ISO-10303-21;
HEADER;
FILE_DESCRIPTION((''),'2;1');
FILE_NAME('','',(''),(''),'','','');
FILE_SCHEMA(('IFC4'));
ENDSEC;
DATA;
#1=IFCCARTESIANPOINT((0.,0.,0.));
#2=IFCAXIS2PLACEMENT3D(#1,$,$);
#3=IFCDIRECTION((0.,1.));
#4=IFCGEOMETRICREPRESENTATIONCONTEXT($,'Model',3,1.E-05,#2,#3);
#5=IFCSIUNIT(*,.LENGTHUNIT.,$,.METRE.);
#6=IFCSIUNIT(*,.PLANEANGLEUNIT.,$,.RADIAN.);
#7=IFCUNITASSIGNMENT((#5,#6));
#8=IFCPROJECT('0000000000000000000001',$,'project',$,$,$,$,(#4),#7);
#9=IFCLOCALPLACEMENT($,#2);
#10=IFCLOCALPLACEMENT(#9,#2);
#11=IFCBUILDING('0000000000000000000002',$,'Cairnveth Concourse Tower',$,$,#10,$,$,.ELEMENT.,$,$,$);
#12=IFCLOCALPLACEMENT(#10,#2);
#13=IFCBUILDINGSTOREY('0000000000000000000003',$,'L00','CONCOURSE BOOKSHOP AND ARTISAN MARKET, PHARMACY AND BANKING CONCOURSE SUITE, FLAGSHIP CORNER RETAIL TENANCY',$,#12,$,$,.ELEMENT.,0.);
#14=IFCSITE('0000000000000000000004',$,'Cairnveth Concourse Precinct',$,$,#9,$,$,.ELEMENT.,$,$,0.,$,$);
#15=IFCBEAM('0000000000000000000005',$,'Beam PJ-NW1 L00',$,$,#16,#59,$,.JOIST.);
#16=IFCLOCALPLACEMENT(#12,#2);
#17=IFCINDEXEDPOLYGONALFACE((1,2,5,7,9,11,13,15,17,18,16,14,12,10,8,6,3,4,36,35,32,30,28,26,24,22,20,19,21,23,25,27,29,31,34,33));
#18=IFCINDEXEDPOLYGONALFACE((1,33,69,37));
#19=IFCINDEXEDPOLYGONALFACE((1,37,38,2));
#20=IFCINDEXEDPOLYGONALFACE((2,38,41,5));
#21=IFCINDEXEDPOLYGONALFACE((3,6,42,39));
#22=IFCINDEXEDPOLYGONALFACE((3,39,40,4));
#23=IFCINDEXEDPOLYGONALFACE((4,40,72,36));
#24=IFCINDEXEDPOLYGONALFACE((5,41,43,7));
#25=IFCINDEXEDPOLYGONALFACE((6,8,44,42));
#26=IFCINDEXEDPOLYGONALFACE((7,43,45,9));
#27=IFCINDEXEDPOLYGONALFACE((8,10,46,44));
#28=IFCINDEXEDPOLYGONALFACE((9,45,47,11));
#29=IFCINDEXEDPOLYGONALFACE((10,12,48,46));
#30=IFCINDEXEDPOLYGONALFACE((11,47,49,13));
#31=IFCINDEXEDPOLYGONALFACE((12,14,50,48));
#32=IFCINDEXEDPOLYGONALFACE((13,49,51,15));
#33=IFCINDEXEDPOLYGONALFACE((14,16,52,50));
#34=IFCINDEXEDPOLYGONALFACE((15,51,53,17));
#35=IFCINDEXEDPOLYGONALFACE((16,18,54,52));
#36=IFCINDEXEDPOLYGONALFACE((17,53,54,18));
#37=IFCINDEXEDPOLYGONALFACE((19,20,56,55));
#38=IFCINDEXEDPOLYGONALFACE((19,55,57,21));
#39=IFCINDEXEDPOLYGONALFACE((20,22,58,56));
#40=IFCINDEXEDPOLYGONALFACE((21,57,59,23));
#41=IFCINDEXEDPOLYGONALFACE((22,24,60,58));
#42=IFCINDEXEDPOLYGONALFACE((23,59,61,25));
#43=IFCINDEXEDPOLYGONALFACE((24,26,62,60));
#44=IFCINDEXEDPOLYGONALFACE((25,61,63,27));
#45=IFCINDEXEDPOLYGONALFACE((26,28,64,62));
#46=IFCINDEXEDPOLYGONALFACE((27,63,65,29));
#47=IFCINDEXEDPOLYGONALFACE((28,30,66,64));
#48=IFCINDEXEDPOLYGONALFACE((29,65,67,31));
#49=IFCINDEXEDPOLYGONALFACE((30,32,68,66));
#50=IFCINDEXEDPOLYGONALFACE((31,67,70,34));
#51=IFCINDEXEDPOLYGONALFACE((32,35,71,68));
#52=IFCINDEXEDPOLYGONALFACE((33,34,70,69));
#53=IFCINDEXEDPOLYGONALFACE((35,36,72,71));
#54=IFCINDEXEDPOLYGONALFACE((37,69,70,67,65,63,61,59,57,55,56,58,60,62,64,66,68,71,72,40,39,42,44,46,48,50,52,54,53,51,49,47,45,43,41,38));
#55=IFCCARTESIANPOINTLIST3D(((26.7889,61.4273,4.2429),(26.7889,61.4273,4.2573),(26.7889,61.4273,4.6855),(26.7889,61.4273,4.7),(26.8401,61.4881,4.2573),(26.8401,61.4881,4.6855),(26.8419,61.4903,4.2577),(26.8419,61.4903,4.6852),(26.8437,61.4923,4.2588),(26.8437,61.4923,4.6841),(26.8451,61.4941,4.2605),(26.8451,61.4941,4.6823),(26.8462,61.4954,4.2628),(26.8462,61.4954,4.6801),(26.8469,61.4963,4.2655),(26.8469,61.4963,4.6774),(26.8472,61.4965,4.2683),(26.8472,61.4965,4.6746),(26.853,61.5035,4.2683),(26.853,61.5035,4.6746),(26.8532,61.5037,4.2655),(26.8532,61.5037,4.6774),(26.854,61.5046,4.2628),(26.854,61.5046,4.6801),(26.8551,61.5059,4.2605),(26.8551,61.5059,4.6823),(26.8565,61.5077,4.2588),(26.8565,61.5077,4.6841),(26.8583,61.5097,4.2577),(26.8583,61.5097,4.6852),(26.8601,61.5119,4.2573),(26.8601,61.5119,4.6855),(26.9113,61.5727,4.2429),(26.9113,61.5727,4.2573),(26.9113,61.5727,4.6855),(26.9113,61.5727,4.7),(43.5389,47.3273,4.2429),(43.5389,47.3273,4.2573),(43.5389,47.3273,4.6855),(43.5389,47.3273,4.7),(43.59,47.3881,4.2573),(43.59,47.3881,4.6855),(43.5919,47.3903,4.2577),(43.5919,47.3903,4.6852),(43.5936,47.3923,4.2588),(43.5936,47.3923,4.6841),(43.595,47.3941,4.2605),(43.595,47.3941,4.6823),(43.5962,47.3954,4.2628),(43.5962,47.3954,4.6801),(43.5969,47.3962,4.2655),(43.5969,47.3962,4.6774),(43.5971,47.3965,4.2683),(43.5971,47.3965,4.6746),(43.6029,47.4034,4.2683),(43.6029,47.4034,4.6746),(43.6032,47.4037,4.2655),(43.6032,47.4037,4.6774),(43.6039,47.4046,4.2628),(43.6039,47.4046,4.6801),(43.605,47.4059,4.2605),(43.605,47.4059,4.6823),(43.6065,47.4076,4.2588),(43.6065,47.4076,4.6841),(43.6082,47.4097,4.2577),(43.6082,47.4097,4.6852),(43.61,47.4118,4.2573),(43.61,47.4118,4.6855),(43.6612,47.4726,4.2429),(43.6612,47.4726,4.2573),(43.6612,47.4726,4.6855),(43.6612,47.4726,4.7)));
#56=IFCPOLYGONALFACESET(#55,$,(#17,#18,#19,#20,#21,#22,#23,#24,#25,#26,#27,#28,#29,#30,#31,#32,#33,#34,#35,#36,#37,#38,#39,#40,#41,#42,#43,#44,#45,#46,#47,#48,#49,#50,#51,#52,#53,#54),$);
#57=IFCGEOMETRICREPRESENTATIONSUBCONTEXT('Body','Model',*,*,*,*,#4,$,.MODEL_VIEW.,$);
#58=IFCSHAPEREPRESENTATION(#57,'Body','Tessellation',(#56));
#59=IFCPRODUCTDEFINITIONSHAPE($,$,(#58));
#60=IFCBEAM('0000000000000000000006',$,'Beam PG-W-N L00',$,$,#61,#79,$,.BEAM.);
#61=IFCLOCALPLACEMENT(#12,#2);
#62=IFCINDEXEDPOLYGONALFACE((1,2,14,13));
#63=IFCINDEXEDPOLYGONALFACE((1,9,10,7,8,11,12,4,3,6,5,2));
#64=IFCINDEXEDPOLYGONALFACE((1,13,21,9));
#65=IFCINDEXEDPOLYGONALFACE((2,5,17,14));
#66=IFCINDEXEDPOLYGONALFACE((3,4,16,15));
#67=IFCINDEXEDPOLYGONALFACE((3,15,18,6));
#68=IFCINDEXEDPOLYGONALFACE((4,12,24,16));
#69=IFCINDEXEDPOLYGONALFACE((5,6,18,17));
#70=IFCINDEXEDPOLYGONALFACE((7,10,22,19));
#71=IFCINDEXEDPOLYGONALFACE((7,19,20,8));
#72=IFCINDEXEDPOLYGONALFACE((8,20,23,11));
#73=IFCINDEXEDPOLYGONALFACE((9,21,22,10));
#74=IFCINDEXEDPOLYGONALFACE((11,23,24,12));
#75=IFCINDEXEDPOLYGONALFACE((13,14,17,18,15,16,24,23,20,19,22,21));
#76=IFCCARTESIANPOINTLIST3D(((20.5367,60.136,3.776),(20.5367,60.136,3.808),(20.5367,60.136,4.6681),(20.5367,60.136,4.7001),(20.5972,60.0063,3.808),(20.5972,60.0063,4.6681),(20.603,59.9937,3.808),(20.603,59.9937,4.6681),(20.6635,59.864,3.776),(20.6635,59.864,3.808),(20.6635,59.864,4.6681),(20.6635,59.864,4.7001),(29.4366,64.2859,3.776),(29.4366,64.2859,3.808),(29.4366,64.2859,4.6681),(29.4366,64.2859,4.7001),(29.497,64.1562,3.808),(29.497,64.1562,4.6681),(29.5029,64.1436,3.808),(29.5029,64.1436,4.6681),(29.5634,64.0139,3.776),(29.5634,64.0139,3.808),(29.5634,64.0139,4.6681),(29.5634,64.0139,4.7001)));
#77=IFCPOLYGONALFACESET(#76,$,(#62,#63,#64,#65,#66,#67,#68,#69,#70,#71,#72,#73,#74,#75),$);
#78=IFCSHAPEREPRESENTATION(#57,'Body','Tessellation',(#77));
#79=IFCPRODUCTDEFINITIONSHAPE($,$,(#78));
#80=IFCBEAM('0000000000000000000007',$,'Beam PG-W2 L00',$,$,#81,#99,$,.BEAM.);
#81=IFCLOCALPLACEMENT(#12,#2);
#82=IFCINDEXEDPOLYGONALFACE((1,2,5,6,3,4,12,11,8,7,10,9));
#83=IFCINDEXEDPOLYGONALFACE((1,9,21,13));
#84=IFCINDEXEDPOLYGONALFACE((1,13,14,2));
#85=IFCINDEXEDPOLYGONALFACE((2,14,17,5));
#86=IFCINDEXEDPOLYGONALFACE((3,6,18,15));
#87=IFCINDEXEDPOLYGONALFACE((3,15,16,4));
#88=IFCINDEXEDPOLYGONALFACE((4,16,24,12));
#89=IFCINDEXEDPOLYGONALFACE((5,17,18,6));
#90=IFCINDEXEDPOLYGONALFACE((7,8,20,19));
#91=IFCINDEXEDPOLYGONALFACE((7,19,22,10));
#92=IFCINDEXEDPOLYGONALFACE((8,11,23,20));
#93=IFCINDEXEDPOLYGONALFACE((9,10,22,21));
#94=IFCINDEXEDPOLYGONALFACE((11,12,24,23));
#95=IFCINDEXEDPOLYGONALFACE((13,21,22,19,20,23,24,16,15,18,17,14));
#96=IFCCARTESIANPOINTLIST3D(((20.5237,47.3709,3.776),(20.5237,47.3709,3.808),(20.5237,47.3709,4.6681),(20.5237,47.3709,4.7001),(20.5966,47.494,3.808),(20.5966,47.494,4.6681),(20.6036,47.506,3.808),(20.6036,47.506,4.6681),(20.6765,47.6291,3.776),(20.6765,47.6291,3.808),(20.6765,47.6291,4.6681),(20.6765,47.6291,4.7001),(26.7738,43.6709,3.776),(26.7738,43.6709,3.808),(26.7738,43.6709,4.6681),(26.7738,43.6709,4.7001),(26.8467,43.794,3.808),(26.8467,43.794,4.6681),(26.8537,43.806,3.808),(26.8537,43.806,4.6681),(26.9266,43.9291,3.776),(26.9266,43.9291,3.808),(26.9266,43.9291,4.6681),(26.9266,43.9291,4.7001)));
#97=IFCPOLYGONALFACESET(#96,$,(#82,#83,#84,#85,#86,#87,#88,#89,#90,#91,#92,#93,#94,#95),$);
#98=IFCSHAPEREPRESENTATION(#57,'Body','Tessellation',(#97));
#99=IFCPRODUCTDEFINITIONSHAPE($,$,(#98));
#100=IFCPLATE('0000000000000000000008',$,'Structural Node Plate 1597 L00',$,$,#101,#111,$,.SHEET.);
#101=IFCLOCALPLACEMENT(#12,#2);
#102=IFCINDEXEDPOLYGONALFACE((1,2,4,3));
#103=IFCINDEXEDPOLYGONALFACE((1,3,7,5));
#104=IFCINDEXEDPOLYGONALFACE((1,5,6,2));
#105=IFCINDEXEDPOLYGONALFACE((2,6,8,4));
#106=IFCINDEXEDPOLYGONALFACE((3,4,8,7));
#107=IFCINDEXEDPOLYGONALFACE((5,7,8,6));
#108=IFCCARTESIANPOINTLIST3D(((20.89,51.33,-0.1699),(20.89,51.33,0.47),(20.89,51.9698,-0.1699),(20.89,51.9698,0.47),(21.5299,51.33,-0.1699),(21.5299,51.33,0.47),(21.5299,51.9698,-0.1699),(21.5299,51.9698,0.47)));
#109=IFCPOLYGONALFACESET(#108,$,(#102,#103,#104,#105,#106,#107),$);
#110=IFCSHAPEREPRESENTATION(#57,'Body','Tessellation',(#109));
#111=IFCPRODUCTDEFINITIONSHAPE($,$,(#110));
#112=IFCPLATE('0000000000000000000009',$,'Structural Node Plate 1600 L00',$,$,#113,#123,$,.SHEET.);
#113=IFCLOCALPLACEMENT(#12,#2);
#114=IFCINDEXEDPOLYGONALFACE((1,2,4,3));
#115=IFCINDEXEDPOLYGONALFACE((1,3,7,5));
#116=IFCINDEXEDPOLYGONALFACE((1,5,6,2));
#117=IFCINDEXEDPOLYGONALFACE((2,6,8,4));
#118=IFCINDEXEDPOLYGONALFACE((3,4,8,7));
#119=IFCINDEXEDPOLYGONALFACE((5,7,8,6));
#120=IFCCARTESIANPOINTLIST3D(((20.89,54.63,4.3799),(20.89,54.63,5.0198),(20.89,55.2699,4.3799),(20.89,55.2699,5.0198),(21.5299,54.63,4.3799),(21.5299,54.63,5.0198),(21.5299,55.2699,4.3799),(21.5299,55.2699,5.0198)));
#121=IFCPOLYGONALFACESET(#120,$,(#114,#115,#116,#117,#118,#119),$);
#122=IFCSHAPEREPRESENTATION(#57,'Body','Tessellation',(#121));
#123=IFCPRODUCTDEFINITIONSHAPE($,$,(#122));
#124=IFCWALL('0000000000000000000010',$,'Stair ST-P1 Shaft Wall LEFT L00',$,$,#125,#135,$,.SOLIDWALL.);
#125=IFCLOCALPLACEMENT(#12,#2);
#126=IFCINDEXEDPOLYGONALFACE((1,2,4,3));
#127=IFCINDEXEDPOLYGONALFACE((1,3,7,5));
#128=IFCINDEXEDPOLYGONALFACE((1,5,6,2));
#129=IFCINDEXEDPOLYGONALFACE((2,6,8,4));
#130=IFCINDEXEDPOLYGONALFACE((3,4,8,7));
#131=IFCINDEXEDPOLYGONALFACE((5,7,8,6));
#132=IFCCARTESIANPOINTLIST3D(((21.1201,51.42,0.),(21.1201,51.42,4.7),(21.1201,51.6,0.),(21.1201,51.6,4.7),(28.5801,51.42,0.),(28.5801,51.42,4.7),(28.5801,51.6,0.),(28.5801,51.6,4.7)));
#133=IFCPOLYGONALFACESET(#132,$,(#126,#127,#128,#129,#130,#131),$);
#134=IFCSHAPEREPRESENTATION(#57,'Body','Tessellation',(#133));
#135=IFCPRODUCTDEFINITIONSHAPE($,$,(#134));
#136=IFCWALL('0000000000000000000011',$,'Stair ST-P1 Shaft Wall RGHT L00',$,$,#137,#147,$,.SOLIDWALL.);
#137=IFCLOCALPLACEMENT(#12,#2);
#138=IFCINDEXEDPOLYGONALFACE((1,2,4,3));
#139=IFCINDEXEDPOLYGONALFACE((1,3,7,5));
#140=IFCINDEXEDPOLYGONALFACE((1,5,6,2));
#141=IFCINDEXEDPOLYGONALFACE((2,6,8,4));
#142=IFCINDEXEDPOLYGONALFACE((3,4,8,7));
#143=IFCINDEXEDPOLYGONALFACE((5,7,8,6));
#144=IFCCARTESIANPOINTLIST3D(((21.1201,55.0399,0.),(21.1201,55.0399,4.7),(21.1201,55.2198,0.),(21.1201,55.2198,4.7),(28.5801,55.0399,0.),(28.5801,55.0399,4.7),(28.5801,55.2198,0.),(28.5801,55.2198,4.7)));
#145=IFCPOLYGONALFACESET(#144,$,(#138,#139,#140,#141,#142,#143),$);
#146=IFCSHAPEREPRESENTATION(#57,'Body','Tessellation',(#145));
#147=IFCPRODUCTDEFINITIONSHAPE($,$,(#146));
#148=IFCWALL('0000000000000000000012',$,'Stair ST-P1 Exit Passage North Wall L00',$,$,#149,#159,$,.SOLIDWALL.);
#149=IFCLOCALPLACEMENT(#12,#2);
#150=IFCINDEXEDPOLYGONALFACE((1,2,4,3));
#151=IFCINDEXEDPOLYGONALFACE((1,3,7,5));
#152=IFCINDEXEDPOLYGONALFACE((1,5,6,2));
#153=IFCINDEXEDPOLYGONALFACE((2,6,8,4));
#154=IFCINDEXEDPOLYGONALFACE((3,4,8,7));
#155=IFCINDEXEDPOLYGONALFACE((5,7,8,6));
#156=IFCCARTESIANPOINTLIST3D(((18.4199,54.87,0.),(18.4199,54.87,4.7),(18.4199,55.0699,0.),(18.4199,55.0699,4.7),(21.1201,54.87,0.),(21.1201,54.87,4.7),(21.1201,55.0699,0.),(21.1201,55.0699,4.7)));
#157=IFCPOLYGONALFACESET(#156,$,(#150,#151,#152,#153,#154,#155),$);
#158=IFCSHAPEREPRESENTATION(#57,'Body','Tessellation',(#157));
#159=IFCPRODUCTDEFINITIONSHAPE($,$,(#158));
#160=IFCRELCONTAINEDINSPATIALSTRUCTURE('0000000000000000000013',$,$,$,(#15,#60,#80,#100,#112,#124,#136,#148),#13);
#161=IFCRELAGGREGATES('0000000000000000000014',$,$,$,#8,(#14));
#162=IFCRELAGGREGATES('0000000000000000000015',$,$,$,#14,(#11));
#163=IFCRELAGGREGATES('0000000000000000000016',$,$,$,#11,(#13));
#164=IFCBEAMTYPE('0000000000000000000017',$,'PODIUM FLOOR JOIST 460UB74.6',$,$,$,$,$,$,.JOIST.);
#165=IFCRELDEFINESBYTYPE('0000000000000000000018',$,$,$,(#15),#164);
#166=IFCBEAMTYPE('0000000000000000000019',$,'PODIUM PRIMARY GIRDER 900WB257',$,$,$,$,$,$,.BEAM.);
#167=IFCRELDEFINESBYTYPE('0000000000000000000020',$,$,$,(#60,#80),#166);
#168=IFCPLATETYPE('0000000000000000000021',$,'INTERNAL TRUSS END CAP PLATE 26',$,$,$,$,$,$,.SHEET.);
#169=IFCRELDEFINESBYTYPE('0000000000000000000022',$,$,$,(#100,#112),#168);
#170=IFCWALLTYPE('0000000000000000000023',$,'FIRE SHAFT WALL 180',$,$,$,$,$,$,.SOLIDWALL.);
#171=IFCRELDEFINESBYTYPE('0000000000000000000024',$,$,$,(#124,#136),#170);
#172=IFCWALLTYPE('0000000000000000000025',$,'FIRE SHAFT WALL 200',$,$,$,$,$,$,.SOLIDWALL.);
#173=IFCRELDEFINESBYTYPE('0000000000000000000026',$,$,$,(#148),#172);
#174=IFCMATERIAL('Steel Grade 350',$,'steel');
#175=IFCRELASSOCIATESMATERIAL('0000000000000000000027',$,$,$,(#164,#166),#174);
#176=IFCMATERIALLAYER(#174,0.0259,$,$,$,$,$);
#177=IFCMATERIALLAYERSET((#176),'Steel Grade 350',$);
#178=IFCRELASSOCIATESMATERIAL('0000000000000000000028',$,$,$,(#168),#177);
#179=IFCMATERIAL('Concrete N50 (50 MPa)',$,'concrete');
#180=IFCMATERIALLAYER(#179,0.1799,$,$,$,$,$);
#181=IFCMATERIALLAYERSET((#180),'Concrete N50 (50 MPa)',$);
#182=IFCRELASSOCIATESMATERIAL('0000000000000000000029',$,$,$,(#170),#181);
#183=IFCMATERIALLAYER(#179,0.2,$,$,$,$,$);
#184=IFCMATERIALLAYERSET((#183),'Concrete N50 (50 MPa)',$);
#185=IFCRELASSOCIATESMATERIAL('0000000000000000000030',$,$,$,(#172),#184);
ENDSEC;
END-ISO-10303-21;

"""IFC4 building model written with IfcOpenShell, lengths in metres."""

from ifc_helpers import new_model, si_unit, direction, frame, frame_2d, origin, origin_2d, place, context, subcontext, project, spatial, rectangle, i_section, extrude, material, layer, layer_set, material_profile, profile_set, type_object, element, save


model = new_model("IFC4")

# Units and contexts
model_context = context("Model", 3, precision=1e-05, world=origin(), true_north=direction((0.0, 1.0)))
body_context = subcontext(model_context, "Body", "Model", "MODEL_VIEW")
ifc_project = project(units=[si_unit("LENGTHUNIT", "METRE"), si_unit("PLANEANGLEUNIT", "RADIAN")], contexts=[model_context])

# Site, building, storey
site_placement = place(None, origin())
site = spatial("IfcSite", under=ifc_project, at=site_placement, Name="Cairnveth Concourse Precinct", CompositionType="ELEMENT", RefElevation=0.0)
building_placement = place(site_placement, origin())
building = spatial("IfcBuilding", under=site, at=building_placement, Name="Cairnveth Concourse Tower", CompositionType="ELEMENT")
storey_placement = place(building_placement, origin())
storey = spatial("IfcBuildingStorey", under=building, at=storey_placement, Name="L00", Description="CONCOURSE BOOKSHOP AND ARTISAN MARKET, PHARMACY AND BANKING CONCOURSE SUITE, FLAGSHIP CORNER RETAIL TENANCY", CompositionType="ELEMENT", Elevation=0.0)

# Beams
ifc_material_1 = material(Name="Steel Grade 350", Category="steel")
ifc_material_profile_1 = material_profile(ifc_material_1, i_section(OverallWidth=0.1899, OverallDepth=0.457, WebThickness=0.009, FlangeThickness=0.0144, FilletRadius=0.011, at=origin_2d()), Name="460UB74.6")
ifc_profile_set_1 = profile_set([ifc_material_profile_1], Name="Steel Grade 350")
beam_type_1 = type_object("IfcBeamType", Name="PODIUM FLOOR JOIST 460UB74.6", PredefinedType="JOIST", material=ifc_profile_set_1)
beam_1_placement = place(storey_placement, frame((26.8501, 61.5, 4.4714), z_axis=(0.765027, -0.643998, 0.0), x_axis=(0.643998, 0.765027, 0.0)))
element("IfcBeam", 1, at=beam_1_placement, inside=storey, type_object=beam_type_1, Name="Beam PJ-NW1 L00", PredefinedType="JOIST", context=body_context, shape_type="SweptSolid", body=[
    extrude(i_section(OverallWidth=0.1899, OverallDepth=0.457, WebThickness=0.009, FlangeThickness=0.0144, FilletRadius=0.011, at=origin_2d()), origin(), (0.0, 0.0, 1.0), 21.8945),
])
ifc_material_profile_2 = material_profile(ifc_material_1, i_section(OverallWidth=0.3, OverallDepth=0.9241, WebThickness=0.0139, FlangeThickness=0.032, at=origin_2d()), Name="900WB257")
ifc_profile_set_2 = profile_set([ifc_material_profile_2], Name="Steel Grade 350")
beam_type_2 = type_object("IfcBeamType", Name="PODIUM PRIMARY GIRDER 900WB257", PredefinedType="BEAM", material=ifc_profile_set_2)
beam_2_placement = place(storey_placement, frame((20.6001, 60.0, 4.238), z_axis=(0.906315, 0.422602, 0.0), x_axis=(-0.422602, 0.906315, 0.0)))
element("IfcBeam", 2, at=beam_2_placement, inside=storey, type_object=beam_type_2, Name="Beam PG-W-N L00", PredefinedType="BEAM", context=body_context, shape_type="SweptSolid", body=[
    extrude(i_section(OverallWidth=0.3, OverallDepth=0.9241, WebThickness=0.0139, FlangeThickness=0.032, at=origin_2d()), origin(), (0.0, 0.0, 1.0), 9.8198),
])
beam_3_placement = place(storey_placement, frame((20.6001, 47.5, 4.238), z_axis=(0.860518, -0.50942, 0.0), x_axis=(0.50942, 0.860518, 0.0)))
element("IfcBeam", 3, at=beam_3_placement, inside=storey, type_object=beam_type_2, Name="Beam PG-W2 L00", PredefinedType="BEAM", context=body_context, shape_type="SweptSolid", body=[
    extrude(i_section(OverallWidth=0.3, OverallDepth=0.9241, WebThickness=0.0139, FlangeThickness=0.032, at=origin_2d()), origin(), (0.0, 0.0, 1.0), 7.2632),
])

# Plates
ifc_layer_1 = layer(ifc_material_1, 0.0259)
ifc_layer_set_1 = layer_set([ifc_layer_1], Name="Steel Grade 350")
plate_type = type_object("IfcPlateType", Name="INTERNAL TRUSS END CAP PLATE 26", PredefinedType="SHEET", material=ifc_layer_set_1)
for number, where, z_axis, x_axis, name in (
    (4, (21.21, 51.6499, -0.1699), (0.0, 0.0, 1.0), (1.0, 0.0, 0.0), "Structural Node Plate 1597 L00"),
    (5, (21.21, 54.95, 4.3799), (0.0, 0.0, 1.0), (1.0, 0.0, 0.0), "Structural Node Plate 1600 L00"),
):
    element("IfcPlate", number, at=place(storey_placement, frame(where, z_axis=z_axis, x_axis=x_axis)), inside=storey, type_object=plate_type, Name=name, PredefinedType="SHEET", context=body_context, shape_type="SweptSolid", body=[
        extrude(rectangle(XDim=0.6399, YDim=0.6399, at=origin_2d()), origin(), (0.0, 0.0, 1.0), 0.6399),
    ])

# Shared definitions
ifc_material_2 = material(Name="Concrete N50 (50 MPa)", Category="concrete")
ifc_layer_2 = layer(ifc_material_2, 0.1799)
ifc_layer_set_2 = layer_set([ifc_layer_2], Name="Concrete N50 (50 MPa)")
wall_type_1 = type_object("IfcWallType", Name="FIRE SHAFT WALL 180", PredefinedType="SOLIDWALL", material=ifc_layer_set_2)

# Walls
for number, where, z_axis, x_axis, name in (
    (6, (21.1201, 51.51, 0.0), (0.0, 0.0, 1.0), (1.0, 0.0, 0.0), "Stair ST-P1 Shaft Wall LEFT L00"),
    (7, (21.1201, 55.1299, 0.0), (0.0, 0.0, 1.0), (1.0, 0.0, 0.0), "Stair ST-P1 Shaft Wall RGHT L00"),
):
    element("IfcWall", number, at=place(storey_placement, frame(where, z_axis=z_axis, x_axis=x_axis)), inside=storey, type_object=wall_type_1, Name=name, PredefinedType="SOLIDWALL", context=body_context, shape_type="SweptSolid", body=[
        extrude(rectangle(XDim=7.46, YDim=0.1799, at=frame_2d((3.73, 0.0))), origin(), (0.0, 0.0, 1.0), 4.7),
    ])

# Shared definitions
ifc_layer_3 = layer(ifc_material_2, 0.2)
ifc_layer_set_3 = layer_set([ifc_layer_3], Name="Concrete N50 (50 MPa)")
wall_type_2 = type_object("IfcWallType", Name="FIRE SHAFT WALL 200", PredefinedType="SOLIDWALL", material=ifc_layer_set_3)

# Wall
wall_1_placement = place(storey_placement, frame((18.4199, 54.97, 0.0), z_axis=(0.0, 0.0, 1.0), x_axis=(1.0, 0.0, 0.0)))
element("IfcWall", 8, at=wall_1_placement, inside=storey, type_object=wall_type_2, Name="Stair ST-P1 Exit Passage North Wall L00", PredefinedType="SOLIDWALL", context=body_context, shape_type="SweptSolid", body=[
    extrude(rectangle(XDim=2.7002, YDim=0.2, at=frame_2d((1.3501, 0.0))), origin(), (0.0, 0.0, 1.0), 4.7),
])

save(model, "model.ifc")
